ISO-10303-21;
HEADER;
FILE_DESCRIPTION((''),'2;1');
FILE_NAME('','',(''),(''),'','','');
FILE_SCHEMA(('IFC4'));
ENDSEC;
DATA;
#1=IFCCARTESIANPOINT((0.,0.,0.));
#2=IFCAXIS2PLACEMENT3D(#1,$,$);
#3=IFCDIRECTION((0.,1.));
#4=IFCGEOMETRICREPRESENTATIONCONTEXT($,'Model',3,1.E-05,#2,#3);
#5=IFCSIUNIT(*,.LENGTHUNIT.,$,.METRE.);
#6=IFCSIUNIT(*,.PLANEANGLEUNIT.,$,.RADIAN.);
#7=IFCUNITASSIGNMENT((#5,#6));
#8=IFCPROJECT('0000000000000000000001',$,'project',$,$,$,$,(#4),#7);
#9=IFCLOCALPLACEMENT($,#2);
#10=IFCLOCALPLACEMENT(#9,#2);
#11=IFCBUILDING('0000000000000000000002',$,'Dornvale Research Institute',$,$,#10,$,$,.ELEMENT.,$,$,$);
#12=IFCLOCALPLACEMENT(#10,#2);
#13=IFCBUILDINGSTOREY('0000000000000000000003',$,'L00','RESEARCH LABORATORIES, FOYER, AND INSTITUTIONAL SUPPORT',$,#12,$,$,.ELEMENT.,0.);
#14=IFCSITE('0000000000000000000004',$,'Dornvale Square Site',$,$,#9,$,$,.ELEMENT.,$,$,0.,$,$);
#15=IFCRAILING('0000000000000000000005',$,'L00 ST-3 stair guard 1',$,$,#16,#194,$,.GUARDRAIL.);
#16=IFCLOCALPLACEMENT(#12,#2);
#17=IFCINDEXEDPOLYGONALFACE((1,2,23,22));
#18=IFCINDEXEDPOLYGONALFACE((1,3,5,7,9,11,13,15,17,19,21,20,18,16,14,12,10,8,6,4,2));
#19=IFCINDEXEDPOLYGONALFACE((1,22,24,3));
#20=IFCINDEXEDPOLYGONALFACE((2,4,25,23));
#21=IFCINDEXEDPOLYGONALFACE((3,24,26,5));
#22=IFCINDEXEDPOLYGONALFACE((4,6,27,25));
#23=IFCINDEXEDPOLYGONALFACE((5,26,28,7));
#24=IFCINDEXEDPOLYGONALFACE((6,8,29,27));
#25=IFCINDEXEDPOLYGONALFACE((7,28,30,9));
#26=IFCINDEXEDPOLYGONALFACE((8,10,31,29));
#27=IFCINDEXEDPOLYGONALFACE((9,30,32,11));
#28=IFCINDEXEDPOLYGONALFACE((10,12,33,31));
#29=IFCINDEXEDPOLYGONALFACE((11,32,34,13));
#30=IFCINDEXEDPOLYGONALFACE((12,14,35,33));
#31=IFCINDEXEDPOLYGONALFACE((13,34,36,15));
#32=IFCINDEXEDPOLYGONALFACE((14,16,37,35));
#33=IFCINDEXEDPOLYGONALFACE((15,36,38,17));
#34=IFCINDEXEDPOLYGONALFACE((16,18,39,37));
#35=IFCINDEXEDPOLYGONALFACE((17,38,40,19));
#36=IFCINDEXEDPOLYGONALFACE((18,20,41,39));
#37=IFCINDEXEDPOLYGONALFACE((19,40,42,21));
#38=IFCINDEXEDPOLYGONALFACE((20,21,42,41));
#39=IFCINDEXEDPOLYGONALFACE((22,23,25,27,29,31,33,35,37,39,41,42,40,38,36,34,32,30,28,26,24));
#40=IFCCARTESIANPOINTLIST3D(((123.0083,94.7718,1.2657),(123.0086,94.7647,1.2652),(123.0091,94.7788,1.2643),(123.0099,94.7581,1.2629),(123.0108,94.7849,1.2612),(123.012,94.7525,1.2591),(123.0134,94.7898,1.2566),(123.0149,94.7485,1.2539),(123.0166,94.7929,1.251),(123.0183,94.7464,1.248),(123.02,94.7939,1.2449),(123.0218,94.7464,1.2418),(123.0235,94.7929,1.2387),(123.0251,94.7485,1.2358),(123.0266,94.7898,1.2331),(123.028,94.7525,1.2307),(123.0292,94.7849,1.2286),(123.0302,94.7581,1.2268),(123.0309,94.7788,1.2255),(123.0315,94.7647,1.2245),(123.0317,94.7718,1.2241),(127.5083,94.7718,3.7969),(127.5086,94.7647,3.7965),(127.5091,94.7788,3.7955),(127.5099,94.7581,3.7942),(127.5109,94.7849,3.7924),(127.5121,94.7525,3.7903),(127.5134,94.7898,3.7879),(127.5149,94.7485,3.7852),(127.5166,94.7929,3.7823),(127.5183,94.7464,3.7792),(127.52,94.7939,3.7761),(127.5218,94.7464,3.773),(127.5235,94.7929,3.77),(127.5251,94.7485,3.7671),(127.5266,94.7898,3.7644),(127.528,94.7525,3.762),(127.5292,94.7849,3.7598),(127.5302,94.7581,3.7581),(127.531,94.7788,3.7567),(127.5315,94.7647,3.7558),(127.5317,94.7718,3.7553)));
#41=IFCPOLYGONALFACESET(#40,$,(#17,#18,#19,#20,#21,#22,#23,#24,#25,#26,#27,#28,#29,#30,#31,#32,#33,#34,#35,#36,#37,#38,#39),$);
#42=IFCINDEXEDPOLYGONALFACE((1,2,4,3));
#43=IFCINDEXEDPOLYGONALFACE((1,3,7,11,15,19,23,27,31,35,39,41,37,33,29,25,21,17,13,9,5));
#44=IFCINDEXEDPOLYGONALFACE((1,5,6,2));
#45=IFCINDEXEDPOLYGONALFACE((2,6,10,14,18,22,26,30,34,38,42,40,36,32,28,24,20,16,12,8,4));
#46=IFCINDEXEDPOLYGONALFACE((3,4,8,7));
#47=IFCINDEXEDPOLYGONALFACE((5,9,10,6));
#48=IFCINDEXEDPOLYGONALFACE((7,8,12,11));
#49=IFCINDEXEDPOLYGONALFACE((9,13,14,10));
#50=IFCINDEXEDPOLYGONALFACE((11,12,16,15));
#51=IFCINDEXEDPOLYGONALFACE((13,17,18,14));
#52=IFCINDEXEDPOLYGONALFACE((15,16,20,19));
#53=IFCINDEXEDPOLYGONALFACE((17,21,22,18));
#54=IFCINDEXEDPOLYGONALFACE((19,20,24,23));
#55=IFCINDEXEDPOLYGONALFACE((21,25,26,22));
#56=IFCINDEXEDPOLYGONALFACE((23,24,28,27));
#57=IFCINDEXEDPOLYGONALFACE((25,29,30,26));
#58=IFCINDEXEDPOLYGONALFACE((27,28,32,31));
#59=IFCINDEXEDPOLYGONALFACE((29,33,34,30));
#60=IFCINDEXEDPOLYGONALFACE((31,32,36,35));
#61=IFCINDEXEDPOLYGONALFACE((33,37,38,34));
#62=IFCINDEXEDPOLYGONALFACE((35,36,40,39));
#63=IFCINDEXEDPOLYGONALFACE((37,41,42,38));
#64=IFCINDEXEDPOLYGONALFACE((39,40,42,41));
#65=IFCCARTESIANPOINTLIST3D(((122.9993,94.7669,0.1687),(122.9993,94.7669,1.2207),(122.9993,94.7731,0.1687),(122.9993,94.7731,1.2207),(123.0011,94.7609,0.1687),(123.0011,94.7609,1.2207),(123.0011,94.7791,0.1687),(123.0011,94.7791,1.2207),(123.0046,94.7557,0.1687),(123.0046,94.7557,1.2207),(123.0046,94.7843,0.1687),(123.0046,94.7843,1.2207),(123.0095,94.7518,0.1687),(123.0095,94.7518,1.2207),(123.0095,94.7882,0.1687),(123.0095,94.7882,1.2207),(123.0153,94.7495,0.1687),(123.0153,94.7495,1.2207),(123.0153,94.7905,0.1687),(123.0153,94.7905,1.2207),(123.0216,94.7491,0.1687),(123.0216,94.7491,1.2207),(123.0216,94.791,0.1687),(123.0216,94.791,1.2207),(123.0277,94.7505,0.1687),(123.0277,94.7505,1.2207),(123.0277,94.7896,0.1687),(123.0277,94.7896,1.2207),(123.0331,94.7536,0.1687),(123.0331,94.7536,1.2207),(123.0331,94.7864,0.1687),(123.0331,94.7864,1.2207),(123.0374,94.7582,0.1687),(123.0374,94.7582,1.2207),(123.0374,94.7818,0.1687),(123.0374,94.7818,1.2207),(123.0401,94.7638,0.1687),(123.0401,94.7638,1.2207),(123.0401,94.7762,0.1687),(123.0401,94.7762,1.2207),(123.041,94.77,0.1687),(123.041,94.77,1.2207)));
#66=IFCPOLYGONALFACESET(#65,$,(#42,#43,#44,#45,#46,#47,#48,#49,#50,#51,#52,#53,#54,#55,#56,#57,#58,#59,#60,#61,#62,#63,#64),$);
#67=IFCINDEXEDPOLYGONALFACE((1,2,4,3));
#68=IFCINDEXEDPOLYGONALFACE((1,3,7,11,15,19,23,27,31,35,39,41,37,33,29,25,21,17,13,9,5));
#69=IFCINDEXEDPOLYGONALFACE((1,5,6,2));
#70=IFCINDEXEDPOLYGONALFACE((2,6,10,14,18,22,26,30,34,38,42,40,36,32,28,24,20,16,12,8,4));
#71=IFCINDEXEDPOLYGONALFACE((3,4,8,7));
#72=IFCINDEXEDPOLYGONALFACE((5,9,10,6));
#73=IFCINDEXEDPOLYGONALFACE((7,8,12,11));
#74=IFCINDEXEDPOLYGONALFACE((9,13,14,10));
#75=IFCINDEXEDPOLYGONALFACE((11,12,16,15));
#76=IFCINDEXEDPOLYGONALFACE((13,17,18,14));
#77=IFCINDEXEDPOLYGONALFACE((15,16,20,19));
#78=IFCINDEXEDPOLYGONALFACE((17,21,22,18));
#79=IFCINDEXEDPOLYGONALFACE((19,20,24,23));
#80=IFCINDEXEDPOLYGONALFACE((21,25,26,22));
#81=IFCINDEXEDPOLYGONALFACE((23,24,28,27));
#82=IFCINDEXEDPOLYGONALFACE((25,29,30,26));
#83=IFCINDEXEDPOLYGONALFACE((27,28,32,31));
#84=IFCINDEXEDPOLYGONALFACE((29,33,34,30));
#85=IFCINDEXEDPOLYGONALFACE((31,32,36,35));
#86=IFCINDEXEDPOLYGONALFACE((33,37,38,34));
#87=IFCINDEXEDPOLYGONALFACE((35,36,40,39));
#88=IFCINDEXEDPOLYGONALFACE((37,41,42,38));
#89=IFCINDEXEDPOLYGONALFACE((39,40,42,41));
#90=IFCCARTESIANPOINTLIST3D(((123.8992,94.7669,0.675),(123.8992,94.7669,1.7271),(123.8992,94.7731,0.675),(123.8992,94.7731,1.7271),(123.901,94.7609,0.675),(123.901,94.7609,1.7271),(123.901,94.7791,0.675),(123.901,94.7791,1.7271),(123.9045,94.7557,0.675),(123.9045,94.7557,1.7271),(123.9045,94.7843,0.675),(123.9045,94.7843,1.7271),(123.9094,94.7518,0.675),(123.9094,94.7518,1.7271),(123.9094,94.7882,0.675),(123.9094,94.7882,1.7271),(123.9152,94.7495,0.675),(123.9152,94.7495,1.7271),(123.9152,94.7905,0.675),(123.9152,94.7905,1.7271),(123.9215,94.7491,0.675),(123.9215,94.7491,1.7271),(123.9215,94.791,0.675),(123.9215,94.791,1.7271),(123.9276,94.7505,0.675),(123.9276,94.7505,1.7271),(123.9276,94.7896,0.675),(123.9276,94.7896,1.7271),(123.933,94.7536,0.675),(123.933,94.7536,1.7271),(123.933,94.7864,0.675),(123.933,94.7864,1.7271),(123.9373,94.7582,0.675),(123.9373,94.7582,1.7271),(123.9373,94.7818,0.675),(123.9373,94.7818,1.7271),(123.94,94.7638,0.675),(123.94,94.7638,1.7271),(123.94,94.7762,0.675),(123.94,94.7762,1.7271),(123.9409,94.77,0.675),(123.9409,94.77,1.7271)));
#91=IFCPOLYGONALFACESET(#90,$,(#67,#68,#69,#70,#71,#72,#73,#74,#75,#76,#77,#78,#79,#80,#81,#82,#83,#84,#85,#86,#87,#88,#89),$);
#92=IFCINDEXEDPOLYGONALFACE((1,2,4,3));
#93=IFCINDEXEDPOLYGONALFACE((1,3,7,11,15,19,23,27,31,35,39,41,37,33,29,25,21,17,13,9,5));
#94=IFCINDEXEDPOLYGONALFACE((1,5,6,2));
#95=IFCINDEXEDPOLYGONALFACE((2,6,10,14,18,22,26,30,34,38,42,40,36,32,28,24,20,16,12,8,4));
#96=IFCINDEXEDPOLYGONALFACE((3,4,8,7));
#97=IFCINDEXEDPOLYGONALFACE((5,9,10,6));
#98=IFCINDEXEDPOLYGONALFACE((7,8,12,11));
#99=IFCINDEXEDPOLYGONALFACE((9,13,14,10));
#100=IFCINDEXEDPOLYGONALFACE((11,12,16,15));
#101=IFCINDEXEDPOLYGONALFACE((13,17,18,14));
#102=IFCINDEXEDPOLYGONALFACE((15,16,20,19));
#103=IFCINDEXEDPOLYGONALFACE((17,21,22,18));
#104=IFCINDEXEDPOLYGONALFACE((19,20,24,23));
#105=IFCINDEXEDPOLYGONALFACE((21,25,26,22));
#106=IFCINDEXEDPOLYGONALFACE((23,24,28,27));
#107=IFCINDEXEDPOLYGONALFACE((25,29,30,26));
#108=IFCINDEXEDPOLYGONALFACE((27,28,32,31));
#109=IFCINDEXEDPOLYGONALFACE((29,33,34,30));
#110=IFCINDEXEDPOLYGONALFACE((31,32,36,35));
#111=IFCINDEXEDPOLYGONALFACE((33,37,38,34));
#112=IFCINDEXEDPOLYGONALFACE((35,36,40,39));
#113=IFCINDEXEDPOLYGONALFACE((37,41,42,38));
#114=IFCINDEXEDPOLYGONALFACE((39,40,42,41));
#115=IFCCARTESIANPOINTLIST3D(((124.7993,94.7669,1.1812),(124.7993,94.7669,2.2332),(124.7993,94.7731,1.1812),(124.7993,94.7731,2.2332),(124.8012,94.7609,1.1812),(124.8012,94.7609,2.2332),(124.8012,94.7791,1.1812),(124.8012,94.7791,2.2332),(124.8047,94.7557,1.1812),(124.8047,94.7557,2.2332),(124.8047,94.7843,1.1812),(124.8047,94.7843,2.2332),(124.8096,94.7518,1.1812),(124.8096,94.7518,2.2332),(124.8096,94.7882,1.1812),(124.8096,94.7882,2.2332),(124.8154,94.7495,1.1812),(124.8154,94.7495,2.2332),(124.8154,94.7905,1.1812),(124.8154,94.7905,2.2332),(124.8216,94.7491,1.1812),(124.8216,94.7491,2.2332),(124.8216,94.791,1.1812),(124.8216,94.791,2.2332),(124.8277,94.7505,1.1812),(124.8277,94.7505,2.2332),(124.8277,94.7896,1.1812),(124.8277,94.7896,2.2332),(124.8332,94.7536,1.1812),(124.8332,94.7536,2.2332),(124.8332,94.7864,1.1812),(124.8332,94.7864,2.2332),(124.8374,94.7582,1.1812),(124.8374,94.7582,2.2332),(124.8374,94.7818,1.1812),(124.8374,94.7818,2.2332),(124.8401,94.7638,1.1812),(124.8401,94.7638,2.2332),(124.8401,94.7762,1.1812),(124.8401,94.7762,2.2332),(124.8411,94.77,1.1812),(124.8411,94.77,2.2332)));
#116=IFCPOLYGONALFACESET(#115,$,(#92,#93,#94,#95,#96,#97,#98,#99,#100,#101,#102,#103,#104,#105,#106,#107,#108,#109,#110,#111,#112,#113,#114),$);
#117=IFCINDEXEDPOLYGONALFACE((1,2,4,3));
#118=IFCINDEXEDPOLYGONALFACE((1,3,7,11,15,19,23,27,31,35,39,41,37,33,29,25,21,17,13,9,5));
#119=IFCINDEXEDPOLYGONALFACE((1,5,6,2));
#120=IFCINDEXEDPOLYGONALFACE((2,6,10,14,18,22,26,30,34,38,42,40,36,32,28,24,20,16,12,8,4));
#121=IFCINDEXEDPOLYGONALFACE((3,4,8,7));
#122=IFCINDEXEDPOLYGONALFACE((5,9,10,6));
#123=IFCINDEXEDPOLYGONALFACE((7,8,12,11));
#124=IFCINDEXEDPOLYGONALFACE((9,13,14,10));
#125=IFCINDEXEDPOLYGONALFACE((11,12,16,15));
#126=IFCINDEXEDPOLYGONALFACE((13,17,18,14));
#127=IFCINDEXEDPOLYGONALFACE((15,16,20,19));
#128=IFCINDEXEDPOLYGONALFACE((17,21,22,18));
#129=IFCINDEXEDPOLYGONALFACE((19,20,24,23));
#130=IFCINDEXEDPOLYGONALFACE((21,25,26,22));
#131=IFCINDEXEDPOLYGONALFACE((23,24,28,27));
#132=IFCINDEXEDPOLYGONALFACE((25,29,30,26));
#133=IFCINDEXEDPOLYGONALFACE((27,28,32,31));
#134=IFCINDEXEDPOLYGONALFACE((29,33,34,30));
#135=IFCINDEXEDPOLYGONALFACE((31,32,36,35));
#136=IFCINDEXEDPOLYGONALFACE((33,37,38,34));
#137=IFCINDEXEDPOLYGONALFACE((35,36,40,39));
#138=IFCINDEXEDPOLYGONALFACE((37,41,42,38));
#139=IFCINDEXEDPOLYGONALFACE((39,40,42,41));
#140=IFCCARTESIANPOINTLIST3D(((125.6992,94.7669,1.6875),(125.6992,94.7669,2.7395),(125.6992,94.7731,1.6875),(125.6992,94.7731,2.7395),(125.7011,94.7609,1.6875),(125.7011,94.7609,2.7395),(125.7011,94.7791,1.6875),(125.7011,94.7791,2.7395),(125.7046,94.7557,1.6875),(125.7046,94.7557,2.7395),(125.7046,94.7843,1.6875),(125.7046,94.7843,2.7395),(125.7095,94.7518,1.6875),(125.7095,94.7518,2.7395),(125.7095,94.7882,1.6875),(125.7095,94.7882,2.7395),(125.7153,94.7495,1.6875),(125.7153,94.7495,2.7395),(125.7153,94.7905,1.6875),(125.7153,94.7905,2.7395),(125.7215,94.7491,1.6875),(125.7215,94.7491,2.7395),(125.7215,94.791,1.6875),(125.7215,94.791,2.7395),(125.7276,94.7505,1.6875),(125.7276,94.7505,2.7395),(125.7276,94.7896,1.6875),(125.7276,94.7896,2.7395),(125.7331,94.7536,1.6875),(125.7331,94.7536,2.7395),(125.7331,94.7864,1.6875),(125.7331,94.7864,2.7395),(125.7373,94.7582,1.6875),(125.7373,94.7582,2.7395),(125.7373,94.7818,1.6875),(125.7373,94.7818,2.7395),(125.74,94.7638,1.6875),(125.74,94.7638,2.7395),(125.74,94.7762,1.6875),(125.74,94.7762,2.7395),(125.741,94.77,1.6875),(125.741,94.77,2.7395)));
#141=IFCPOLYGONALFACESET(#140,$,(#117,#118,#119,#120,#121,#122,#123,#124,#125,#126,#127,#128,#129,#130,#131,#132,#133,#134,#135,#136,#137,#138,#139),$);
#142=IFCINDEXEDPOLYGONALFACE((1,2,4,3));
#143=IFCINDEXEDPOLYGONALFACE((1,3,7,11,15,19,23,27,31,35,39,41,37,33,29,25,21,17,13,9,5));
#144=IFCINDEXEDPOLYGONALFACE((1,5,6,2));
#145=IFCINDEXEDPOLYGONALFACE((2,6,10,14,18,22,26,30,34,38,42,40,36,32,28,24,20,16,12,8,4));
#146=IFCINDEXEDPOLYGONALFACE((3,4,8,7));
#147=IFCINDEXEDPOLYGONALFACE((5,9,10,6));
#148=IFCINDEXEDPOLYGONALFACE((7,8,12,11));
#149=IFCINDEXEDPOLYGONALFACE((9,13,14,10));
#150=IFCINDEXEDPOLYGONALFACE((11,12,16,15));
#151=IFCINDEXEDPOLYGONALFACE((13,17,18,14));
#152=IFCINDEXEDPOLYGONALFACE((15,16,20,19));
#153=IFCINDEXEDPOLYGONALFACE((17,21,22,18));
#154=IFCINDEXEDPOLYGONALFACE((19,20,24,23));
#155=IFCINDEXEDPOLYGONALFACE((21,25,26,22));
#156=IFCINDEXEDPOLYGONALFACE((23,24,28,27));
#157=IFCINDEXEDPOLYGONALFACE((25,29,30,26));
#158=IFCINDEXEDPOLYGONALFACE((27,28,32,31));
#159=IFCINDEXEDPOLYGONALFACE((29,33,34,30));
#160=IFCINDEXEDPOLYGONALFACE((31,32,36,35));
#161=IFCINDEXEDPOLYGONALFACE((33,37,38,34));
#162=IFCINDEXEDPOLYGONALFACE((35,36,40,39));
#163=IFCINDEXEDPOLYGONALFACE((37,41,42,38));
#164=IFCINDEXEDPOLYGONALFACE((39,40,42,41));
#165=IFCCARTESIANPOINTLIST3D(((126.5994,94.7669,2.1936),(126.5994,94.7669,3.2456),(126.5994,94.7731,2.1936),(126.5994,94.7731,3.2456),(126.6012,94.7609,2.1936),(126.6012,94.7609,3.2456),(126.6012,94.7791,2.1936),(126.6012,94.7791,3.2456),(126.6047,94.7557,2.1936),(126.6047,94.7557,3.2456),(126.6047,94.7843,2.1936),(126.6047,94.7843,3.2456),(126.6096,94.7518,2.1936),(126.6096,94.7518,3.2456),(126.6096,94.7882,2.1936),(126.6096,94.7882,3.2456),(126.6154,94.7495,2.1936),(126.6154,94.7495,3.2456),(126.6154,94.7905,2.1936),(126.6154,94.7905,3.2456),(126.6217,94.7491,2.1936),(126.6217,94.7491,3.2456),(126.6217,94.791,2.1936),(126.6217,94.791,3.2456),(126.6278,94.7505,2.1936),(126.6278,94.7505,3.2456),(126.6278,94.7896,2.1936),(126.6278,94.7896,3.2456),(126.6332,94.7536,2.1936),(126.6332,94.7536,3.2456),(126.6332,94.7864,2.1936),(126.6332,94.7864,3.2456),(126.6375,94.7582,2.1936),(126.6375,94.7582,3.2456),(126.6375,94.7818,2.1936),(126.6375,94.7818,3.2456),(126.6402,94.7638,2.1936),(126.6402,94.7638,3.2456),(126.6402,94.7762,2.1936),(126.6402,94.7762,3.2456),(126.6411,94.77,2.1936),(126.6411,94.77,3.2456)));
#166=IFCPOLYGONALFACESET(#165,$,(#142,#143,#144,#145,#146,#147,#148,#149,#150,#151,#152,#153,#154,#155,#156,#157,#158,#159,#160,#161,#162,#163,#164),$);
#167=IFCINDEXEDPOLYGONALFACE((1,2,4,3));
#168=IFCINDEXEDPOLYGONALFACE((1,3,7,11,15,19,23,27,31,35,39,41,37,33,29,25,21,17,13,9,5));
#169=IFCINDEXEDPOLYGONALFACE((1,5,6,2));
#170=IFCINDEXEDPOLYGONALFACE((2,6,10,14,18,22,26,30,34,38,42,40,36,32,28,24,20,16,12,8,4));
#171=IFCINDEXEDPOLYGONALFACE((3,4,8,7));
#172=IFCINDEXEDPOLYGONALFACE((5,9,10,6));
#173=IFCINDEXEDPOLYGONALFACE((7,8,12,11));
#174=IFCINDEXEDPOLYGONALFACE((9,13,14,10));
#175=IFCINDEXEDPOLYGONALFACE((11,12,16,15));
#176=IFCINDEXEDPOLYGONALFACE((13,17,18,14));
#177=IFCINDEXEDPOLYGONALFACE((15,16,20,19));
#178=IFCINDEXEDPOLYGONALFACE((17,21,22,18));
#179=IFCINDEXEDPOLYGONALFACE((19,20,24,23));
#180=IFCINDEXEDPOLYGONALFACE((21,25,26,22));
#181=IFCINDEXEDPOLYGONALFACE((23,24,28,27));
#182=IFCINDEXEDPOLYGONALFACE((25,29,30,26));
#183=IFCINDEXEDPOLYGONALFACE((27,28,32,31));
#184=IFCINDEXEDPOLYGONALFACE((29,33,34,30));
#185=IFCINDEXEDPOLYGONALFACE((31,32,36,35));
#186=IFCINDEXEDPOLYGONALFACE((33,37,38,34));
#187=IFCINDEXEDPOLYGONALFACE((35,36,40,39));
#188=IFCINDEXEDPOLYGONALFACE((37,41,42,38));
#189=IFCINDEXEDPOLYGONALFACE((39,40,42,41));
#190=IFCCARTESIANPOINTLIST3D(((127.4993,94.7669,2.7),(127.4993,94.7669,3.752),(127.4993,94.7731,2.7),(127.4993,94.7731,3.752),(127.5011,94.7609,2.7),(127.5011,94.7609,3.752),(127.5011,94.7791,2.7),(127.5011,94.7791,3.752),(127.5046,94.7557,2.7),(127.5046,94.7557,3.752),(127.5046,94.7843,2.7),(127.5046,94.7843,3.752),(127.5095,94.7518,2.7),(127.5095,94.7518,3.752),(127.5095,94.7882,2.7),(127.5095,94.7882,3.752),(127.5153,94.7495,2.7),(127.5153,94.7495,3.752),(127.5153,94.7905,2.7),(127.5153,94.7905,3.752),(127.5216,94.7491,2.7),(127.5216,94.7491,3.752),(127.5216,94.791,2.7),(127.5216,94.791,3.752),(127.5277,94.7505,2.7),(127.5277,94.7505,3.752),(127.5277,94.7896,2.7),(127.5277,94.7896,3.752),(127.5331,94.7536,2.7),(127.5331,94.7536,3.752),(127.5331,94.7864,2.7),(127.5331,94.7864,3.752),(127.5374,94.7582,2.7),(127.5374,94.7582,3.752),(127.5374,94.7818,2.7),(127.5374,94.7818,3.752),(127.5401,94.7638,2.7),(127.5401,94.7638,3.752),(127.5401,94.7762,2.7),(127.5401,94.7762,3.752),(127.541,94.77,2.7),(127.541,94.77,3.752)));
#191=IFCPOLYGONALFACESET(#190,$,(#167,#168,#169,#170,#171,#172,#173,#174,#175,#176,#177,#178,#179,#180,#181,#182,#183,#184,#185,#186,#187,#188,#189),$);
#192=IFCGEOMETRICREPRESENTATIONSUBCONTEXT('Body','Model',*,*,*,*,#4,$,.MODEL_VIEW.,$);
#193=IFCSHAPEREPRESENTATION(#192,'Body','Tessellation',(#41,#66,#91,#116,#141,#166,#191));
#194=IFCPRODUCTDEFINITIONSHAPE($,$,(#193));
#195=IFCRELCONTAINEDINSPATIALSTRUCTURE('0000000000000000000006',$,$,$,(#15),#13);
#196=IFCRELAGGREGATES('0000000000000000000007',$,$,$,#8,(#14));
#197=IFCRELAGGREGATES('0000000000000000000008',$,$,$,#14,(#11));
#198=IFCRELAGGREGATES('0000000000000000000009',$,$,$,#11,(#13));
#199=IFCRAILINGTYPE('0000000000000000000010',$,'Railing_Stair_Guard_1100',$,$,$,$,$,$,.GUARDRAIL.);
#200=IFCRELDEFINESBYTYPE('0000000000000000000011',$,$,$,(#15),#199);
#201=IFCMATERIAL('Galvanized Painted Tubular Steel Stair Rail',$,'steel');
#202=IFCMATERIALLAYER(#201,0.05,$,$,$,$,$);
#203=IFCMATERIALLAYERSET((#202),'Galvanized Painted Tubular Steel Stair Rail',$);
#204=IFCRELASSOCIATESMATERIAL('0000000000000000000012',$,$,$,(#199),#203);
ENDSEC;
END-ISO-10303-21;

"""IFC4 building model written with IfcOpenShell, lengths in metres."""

from ifc_helpers import new_model, si_unit, direction, frame, origin, origin_2d, place, context, subcontext, project, spatial, circle, extrude, material, layer, layer_set, type_object, element, save


model = new_model("IFC4")

# Units and contexts
model_context = context("Model", 3, precision=1e-05, world=origin(), true_north=direction((0.0, 1.0)))
body_context = subcontext(model_context, "Body", "Model", "MODEL_VIEW")
ifc_project = project(units=[si_unit("LENGTHUNIT", "METRE"), si_unit("PLANEANGLEUNIT", "RADIAN")], contexts=[model_context])

# Site, building, storey
site_placement = place(None, origin())
site = spatial("IfcSite", under=ifc_project, at=site_placement, Name="Dornvale Square Site", CompositionType="ELEMENT", RefElevation=0.0)
building_placement = place(site_placement, origin())
building = spatial("IfcBuilding", under=site, at=building_placement, Name="Dornvale Research Institute", CompositionType="ELEMENT")
storey_placement = place(building_placement, origin())
storey = spatial("IfcBuildingStorey", under=building, at=storey_placement, Name="L00", Description="RESEARCH LABORATORIES, FOYER, AND INSTITUTIONAL SUPPORT", CompositionType="ELEMENT", Elevation=0.0)

# Railing
ifc_material_1 = material(Name="Galvanized Painted Tubular Steel Stair Rail", Category="steel")
ifc_layer_1 = layer(ifc_material_1, 0.05)
ifc_layer_set_1 = layer_set([ifc_layer_1], Name="Galvanized Painted Tubular Steel Stair Rail")
railing_type = type_object("IfcRailingType", Name="Railing_Stair_Guard_1100", PredefinedType="GUARDRAIL", material=ifc_layer_set_1)
railing_1_placement = place(storey_placement, frame((123.02, 94.77, 0.1687)))
element("IfcRailing", 1, at=railing_1_placement, inside=storey, type_object=railing_type, Name="L00 ST-3 stair guard 1", PredefinedType="GUARDRAIL", context=body_context, shape_type="SweptSolid", body=[
    extrude(circle(Radius=0.0239, at=origin_2d()), frame((0.0, 0.0, 1.0762), z_axis=(0.871576, 0.0, 0.490261), x_axis=(0.0, 1.0, 0.0)), (0.0, 0.0, 1.0), 5.1631),
    extrude(circle(Radius=0.021, at=origin_2d()), origin(), (0.0, 0.0, 1.0), 1.052),
    extrude(circle(Radius=0.021, at=origin_2d()), frame((0.8999, 0.0, 0.5063)), (0.0, 0.0, 1.0), 1.052),
    extrude(circle(Radius=0.021, at=origin_2d()), frame((1.8, 0.0, 1.0125)), (0.0, 0.0, 1.0), 1.052),
    extrude(circle(Radius=0.021, at=origin_2d()), frame((2.7, 0.0, 1.5188)), (0.0, 0.0, 1.0), 1.052),
    extrude(circle(Radius=0.021, at=origin_2d()), frame((3.6001, 0.0, 2.0249)), (0.0, 0.0, 1.0), 1.052),
    extrude(circle(Radius=0.021, at=origin_2d()), frame((4.5, 0.0, 2.5312)), (0.0, 0.0, 1.0), 1.052),
])

save(model, "model.ifc")
